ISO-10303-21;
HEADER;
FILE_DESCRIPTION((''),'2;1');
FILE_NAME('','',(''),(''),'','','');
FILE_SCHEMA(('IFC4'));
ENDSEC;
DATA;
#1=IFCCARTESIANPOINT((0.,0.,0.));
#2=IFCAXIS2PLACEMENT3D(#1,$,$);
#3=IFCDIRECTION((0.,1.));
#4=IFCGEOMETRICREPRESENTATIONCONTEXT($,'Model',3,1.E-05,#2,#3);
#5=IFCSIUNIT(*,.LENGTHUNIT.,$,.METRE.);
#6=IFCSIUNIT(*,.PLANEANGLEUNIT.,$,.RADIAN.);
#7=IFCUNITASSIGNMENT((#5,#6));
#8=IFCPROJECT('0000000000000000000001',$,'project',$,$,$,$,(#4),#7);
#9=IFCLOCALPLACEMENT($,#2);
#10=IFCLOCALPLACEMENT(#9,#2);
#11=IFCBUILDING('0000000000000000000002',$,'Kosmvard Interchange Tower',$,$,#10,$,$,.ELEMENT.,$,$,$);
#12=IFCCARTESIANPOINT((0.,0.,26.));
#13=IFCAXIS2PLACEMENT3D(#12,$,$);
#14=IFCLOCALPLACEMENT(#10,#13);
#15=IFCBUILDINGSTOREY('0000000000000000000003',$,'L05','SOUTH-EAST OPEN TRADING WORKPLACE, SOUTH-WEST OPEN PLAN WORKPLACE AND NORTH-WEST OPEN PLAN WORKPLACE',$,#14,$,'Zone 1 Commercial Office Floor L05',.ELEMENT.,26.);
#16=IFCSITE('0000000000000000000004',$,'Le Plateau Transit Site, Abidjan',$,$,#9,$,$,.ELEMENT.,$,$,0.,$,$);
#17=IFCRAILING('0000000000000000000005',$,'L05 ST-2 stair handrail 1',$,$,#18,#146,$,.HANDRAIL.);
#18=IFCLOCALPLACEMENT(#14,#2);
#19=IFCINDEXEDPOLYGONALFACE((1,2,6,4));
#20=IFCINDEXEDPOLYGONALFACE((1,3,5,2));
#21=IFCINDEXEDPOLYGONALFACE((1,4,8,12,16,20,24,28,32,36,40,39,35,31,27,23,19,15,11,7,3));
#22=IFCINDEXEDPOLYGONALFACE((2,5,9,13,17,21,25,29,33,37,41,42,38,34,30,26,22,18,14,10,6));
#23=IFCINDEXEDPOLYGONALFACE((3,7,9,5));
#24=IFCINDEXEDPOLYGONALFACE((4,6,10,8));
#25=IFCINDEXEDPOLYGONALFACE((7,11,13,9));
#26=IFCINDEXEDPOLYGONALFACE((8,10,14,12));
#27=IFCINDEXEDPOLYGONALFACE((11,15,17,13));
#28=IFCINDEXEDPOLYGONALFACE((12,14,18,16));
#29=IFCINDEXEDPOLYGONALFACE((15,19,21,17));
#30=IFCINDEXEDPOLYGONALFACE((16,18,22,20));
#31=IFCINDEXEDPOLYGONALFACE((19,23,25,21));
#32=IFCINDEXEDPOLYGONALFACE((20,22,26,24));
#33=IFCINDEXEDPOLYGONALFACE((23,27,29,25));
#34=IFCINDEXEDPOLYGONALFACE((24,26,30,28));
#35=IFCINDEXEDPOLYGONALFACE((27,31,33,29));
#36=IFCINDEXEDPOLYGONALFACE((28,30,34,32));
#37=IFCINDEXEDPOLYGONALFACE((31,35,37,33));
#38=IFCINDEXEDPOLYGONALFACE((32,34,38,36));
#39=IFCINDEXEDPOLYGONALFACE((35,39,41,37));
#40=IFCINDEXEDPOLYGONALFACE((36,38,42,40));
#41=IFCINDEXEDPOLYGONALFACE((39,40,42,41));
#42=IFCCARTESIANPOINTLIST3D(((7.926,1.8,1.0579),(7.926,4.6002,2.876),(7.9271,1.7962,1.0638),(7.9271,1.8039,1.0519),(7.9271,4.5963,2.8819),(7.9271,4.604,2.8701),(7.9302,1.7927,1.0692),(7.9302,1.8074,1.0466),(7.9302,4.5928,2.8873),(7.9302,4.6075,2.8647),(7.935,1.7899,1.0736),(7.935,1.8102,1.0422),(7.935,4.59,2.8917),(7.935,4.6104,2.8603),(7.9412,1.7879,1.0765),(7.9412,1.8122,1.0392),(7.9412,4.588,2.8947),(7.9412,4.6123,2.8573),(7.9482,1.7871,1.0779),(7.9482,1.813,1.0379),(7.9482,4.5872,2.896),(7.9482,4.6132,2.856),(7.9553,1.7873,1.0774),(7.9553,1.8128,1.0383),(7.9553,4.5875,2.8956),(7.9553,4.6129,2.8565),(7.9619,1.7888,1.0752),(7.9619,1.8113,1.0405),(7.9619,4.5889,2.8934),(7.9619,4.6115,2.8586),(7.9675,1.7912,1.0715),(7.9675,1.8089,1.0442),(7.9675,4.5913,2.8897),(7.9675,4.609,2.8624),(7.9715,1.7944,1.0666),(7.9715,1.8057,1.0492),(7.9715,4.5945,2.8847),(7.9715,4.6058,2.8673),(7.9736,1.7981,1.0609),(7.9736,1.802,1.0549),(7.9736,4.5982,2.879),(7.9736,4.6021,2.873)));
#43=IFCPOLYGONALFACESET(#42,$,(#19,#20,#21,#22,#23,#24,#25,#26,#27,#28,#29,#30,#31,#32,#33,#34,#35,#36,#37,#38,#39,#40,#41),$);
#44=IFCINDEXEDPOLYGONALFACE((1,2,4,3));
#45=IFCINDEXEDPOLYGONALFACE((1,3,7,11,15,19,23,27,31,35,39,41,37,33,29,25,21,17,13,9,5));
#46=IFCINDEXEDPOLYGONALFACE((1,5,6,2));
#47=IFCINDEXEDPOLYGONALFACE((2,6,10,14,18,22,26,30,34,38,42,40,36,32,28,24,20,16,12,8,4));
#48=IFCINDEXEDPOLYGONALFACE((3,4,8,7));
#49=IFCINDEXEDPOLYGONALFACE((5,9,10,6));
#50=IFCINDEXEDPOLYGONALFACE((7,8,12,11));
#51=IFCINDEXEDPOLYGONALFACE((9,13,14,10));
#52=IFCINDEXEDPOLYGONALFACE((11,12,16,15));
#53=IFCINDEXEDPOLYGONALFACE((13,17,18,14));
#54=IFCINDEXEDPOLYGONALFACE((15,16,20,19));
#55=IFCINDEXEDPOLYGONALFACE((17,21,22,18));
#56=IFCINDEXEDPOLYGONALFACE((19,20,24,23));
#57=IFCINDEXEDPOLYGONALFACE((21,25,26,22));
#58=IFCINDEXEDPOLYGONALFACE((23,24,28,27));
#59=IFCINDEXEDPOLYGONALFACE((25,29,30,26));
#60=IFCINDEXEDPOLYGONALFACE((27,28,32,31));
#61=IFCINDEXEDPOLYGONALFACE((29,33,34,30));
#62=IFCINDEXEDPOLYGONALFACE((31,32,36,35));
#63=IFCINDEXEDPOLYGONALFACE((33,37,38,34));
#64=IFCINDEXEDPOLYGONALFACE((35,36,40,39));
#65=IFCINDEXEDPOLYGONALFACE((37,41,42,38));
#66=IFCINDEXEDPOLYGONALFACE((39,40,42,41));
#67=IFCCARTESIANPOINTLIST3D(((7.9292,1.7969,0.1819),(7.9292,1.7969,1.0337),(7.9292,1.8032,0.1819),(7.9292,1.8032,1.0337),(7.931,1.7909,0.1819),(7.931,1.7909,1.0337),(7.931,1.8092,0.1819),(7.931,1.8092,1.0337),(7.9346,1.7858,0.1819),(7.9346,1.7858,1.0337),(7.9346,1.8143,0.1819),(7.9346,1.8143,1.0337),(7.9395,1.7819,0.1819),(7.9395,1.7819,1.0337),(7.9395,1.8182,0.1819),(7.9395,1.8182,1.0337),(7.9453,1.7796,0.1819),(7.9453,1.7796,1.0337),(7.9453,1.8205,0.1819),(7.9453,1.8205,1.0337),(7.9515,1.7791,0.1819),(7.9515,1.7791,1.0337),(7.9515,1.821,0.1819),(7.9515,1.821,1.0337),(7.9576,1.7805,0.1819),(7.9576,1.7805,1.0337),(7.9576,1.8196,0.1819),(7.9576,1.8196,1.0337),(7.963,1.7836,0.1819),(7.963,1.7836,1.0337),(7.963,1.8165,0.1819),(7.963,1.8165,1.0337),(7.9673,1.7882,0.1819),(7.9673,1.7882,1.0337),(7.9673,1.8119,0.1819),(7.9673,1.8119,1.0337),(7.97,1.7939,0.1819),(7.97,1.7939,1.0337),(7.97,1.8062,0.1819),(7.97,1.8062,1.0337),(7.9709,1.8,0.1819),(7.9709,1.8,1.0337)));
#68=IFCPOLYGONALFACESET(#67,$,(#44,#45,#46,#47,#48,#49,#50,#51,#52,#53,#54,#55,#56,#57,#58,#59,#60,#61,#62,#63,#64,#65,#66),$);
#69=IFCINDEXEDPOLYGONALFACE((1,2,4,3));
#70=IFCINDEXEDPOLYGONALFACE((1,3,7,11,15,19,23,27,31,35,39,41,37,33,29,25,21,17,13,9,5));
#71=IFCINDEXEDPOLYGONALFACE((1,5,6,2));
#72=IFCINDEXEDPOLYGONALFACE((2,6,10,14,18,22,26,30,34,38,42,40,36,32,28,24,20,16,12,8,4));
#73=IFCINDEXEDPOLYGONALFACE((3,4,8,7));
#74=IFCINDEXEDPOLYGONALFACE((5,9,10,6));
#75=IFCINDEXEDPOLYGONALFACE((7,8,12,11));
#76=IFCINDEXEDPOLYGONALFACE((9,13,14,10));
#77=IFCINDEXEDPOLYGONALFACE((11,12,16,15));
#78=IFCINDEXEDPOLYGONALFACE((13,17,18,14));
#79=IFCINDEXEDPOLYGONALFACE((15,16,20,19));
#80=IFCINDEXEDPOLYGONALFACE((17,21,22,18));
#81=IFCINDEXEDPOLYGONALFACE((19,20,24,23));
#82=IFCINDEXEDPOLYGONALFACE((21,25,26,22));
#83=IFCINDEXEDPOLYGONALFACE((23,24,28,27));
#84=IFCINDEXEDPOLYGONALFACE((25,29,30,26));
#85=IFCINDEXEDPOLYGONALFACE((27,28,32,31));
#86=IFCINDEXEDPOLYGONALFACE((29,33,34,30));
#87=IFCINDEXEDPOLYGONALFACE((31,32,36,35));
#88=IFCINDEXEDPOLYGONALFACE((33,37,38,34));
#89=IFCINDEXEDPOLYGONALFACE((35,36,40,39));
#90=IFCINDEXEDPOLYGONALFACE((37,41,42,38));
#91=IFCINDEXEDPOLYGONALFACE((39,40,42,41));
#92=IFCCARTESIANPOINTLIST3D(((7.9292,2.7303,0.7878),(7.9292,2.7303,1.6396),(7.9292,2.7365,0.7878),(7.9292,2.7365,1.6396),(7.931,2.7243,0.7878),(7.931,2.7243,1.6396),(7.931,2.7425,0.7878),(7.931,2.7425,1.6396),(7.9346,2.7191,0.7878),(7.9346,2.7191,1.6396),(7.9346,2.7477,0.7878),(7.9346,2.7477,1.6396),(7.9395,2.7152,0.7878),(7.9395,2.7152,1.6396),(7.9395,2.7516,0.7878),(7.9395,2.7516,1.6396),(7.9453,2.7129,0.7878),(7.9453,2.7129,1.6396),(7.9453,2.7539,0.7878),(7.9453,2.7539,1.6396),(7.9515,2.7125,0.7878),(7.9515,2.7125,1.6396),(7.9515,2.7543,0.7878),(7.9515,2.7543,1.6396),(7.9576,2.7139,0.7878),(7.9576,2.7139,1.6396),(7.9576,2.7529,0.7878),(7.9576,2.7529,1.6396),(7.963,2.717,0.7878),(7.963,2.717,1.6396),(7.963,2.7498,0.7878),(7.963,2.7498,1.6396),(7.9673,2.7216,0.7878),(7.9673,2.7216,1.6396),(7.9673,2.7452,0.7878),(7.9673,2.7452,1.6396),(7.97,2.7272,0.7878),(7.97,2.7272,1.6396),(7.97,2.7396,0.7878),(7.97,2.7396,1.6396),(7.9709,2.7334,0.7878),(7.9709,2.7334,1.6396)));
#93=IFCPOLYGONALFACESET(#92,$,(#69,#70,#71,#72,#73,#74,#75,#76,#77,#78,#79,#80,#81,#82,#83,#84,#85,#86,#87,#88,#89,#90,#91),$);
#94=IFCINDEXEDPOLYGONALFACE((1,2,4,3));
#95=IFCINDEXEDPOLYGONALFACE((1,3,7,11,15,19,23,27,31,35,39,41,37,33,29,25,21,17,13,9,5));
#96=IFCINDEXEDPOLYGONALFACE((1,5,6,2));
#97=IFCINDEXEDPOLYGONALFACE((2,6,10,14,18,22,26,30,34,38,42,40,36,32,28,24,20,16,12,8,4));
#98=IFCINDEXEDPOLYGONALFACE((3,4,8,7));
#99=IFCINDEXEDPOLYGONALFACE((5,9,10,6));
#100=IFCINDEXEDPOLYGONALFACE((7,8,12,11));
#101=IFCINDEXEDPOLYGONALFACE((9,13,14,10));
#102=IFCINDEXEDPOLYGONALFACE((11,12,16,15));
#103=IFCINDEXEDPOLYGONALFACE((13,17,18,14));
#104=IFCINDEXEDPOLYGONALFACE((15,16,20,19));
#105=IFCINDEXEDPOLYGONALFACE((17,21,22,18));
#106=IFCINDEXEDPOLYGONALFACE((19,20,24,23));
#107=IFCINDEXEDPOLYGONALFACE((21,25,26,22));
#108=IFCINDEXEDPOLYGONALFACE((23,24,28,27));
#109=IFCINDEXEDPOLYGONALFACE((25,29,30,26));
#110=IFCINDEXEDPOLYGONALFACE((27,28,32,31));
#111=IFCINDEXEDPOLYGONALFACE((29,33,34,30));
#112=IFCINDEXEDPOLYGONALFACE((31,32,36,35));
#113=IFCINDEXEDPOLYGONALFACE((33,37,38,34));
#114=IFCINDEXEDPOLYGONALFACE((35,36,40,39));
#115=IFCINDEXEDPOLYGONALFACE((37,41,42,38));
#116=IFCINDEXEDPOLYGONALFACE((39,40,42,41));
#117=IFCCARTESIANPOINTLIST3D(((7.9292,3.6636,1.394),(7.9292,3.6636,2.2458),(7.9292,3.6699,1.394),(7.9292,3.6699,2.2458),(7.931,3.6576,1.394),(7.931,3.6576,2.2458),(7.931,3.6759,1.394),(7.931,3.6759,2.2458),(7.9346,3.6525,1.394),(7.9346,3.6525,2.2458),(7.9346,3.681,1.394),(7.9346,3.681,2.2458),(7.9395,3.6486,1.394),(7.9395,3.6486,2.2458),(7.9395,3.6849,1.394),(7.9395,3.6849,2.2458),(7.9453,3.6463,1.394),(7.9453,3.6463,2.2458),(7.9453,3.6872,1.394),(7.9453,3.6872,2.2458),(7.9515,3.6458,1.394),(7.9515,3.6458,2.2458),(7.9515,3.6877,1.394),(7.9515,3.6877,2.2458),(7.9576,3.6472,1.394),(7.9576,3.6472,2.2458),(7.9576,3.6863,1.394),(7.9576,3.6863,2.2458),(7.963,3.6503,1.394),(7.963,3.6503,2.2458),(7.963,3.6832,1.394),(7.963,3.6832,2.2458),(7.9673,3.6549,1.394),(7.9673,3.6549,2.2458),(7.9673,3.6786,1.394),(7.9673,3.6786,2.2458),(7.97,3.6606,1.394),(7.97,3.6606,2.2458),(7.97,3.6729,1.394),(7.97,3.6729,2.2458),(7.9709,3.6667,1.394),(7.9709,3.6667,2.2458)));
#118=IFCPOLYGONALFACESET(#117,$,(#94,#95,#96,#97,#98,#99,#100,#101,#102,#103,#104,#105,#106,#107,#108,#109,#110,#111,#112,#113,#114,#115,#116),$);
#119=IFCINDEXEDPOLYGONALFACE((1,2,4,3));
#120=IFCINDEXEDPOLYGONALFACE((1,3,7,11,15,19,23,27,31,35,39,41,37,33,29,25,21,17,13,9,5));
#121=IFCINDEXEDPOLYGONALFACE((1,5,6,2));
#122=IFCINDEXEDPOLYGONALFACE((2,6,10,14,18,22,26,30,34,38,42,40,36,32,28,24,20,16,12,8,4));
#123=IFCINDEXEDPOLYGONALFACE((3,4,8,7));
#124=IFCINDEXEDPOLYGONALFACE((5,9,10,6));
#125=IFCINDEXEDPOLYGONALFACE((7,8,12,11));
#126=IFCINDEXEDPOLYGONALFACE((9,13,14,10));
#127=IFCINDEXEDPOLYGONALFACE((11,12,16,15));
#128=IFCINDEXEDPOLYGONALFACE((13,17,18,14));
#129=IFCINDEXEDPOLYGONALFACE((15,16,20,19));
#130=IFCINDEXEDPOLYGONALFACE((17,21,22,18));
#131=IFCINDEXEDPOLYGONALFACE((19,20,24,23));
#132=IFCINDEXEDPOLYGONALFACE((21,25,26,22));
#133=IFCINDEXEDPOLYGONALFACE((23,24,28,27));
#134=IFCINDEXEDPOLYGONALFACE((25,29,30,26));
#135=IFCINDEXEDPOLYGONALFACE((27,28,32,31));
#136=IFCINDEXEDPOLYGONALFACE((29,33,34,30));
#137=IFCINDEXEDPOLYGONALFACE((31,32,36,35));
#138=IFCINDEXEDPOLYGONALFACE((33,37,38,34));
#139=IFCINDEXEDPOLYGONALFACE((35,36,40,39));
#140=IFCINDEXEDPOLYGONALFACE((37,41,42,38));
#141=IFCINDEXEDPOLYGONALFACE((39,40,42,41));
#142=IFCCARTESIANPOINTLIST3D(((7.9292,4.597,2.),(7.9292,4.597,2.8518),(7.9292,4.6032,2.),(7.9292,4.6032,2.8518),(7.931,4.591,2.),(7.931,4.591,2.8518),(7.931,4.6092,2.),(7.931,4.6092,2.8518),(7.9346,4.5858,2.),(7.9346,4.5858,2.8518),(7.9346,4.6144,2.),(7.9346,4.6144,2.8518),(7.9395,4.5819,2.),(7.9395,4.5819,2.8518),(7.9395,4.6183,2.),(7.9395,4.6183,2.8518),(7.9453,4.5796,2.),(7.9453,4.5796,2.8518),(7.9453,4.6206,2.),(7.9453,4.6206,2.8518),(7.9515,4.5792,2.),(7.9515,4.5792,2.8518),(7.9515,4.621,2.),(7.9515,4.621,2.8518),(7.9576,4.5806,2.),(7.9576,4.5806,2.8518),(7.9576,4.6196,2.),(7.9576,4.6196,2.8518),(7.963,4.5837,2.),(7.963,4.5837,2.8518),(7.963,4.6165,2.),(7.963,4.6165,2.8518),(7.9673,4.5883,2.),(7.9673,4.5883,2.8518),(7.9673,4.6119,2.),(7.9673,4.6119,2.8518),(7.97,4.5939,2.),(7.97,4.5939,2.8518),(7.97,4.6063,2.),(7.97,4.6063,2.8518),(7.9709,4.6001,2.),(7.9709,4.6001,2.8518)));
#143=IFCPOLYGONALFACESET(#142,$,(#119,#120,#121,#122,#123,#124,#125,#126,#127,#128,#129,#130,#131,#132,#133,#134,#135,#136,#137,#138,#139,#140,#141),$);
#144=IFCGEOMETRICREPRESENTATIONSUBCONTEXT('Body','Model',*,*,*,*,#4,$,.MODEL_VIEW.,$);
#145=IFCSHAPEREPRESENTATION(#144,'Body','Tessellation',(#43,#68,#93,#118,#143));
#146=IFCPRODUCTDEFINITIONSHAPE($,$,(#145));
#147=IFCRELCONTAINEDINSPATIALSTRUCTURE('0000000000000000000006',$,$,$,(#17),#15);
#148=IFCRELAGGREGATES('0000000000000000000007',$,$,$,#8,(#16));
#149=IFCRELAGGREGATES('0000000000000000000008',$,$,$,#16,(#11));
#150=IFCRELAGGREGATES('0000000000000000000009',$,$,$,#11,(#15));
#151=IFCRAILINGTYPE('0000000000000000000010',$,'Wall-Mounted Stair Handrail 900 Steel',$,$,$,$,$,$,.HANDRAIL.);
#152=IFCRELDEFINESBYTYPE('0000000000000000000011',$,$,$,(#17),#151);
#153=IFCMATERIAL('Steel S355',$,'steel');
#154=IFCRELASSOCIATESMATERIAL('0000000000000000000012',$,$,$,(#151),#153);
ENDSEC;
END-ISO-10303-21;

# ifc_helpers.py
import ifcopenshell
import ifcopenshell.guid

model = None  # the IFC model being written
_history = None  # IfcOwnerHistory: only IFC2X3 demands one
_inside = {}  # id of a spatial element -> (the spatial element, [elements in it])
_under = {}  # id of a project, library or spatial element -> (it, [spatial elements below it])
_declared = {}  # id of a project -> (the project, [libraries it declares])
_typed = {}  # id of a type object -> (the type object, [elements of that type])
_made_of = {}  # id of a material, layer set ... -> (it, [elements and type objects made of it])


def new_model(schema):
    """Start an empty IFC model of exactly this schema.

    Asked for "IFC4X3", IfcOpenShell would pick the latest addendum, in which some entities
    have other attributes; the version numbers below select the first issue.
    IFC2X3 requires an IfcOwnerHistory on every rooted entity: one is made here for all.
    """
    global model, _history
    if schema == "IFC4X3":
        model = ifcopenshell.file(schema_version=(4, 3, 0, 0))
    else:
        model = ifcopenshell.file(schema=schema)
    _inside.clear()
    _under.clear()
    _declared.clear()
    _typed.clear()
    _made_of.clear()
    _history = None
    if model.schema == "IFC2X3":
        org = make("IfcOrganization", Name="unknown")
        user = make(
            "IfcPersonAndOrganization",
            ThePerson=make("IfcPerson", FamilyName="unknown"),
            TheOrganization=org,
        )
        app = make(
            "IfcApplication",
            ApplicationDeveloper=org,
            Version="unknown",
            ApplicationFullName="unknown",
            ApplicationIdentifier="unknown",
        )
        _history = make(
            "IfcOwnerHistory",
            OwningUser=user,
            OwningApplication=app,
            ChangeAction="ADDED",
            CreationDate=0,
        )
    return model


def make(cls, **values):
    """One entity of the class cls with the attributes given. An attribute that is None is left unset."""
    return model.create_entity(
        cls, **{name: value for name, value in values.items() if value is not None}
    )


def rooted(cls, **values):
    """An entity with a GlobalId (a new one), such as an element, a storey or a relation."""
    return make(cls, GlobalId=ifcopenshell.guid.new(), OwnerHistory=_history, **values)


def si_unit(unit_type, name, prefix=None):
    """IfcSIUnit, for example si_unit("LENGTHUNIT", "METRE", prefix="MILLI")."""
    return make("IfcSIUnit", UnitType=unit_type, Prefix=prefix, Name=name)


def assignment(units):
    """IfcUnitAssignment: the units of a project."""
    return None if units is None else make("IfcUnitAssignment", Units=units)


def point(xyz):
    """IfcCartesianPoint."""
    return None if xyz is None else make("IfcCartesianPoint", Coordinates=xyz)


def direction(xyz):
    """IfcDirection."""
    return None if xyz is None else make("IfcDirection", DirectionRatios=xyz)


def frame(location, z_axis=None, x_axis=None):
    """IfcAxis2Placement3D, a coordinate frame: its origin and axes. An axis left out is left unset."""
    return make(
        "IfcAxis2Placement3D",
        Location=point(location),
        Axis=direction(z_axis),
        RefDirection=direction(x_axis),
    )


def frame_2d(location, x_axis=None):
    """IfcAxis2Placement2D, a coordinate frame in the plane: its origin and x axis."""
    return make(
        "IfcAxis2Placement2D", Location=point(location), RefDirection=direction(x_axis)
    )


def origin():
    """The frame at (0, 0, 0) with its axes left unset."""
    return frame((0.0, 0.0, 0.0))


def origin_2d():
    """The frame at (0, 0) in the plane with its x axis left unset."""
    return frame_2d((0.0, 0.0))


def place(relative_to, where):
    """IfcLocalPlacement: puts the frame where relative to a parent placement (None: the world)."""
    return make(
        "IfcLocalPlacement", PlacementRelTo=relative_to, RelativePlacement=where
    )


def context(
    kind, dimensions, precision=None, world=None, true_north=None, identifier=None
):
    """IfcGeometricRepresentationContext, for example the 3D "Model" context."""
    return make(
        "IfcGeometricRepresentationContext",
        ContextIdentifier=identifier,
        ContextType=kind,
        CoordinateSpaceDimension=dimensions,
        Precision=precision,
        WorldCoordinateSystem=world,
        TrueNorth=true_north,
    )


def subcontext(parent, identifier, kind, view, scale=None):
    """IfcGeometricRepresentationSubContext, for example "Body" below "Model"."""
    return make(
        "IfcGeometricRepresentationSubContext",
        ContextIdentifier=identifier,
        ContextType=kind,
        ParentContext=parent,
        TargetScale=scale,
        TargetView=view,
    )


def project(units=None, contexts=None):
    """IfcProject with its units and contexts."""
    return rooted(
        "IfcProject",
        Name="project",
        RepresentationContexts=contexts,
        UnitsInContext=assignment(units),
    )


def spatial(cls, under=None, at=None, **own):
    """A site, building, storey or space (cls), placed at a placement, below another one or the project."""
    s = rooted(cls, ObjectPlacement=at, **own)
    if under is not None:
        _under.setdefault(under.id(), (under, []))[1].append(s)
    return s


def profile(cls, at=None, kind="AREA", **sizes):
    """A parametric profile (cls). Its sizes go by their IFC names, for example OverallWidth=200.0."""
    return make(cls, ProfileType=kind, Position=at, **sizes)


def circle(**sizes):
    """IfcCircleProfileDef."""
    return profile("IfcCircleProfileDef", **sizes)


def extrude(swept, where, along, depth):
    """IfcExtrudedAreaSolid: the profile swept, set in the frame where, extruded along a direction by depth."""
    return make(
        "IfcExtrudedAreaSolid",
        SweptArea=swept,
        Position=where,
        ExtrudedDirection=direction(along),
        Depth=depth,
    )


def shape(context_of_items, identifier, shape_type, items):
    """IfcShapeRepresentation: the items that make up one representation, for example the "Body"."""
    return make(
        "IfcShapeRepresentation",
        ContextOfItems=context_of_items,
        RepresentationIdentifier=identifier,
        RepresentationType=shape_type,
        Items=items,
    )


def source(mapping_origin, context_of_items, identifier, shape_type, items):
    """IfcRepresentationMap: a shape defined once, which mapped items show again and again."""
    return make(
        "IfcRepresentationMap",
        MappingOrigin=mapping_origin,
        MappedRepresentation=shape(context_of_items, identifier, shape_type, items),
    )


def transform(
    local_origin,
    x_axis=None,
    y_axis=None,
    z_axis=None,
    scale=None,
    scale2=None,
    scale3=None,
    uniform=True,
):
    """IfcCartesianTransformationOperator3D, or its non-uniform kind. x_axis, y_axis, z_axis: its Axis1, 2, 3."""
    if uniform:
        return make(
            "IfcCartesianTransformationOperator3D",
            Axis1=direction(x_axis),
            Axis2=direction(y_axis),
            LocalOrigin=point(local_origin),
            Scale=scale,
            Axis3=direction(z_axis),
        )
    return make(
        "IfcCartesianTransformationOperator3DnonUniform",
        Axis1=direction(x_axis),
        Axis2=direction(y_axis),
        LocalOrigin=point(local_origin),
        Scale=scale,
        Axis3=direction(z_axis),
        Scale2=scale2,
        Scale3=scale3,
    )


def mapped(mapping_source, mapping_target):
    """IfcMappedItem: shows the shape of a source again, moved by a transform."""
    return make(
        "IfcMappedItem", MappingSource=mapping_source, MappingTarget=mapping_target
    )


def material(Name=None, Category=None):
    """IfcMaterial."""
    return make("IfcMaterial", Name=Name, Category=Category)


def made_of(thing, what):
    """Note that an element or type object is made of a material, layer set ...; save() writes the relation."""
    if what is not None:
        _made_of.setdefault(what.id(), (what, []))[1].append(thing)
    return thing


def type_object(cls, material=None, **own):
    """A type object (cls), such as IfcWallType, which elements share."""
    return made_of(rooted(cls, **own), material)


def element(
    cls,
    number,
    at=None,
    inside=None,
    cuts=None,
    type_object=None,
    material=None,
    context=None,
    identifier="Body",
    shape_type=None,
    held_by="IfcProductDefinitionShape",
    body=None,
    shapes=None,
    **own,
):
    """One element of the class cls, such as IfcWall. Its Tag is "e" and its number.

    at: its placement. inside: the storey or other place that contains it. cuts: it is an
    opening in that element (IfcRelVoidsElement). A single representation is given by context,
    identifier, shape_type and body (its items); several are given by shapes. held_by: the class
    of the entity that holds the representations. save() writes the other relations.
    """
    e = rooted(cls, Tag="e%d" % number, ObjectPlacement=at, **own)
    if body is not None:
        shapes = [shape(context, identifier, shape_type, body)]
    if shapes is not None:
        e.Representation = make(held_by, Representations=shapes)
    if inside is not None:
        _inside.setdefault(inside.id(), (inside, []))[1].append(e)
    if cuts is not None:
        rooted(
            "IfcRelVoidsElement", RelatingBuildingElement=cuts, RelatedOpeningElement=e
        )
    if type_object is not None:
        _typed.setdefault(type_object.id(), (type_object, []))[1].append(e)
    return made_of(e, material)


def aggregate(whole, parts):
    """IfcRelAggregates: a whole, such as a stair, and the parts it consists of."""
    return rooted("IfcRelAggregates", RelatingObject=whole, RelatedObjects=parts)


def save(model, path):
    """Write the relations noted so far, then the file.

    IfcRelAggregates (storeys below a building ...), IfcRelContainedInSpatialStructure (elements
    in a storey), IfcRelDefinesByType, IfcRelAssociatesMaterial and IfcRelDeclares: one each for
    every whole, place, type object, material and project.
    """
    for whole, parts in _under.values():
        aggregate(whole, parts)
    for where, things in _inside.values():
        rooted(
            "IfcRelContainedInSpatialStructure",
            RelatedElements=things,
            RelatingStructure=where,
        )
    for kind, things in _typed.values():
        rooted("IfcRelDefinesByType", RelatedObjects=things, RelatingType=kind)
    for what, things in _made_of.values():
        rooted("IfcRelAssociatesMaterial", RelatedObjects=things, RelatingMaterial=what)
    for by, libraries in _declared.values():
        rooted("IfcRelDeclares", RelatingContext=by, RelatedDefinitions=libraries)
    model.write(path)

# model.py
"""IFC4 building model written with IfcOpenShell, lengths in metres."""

from ifc_helpers import new_model, si_unit, direction, frame, origin, origin_2d, place, context, subcontext, project, spatial, circle, extrude, source, transform, mapped, material, type_object, element, save


model = new_model("IFC4")

# Units and contexts
model_context = context("Model", 3, precision=1e-05, world=origin(), true_north=direction((0.0, 1.0)))
body_context = subcontext(model_context, "Body", "Model", "MODEL_VIEW")
ifc_project = project(units=[si_unit("LENGTHUNIT", "METRE"), si_unit("PLANEANGLEUNIT", "RADIAN")], contexts=[model_context])

# Site, building, storey
site_placement = place(None, origin())
site = spatial("IfcSite", under=ifc_project, at=site_placement, Name="Le Plateau Transit Site, Abidjan", CompositionType="ELEMENT", RefElevation=0.0)
building_placement = place(site_placement, origin())
building = spatial("IfcBuilding", under=site, at=building_placement, Name="Kosmvard Interchange Tower", CompositionType="ELEMENT")
storey_placement = place(building_placement, frame((0.0, 0.0, 26.0)))
storey = spatial("IfcBuildingStorey", under=building, at=storey_placement, Name="L05", Description="SOUTH-EAST OPEN TRADING WORKPLACE, SOUTH-WEST OPEN PLAN WORKPLACE AND NORTH-WEST OPEN PLAN WORKPLACE", LongName="Zone 1 Commercial Office Floor L05", CompositionType="ELEMENT", Elevation=26.0)

# Railing
ifc_material_1 = material(Name="Steel S355", Category="steel")
railing_type_1 = type_object("IfcRailingType", Name="Wall-Mounted Stair Handrail 900 Steel", PredefinedType="HANDRAIL", material=ifc_material_1)
shared_shape_1 = source(origin(), body_context, "Body", "SweptSolid", [
    extrude(circle(Radius=0.0239, at=origin_2d()), frame((0.0, 0.0, 0.876), z_axis=(0.0, 0.838706, 0.544585), x_axis=(-1.0, 0.0, 0.0)), (0.0, 0.0, 1.0), 3.3386),
    extrude(circle(Radius=0.021, at=origin_2d()), origin(), (0.0, 0.0, 1.0), 0.8518),
    extrude(circle(Radius=0.021, at=origin_2d()), frame((0.0, 0.9333, 0.606)), (0.0, 0.0, 1.0), 0.8518),
    extrude(circle(Radius=0.021, at=origin_2d()), frame((0.0, 1.8667, 1.2122)), (0.0, 0.0, 1.0), 0.8518),
    extrude(circle(Radius=0.021, at=origin_2d()), frame((0.0, 2.8, 1.8181)), (0.0, 0.0, 1.0), 0.8518),
])
railing_1_placement = place(storey_placement, frame((7.95, 1.8, 0.1819)))
element("IfcRailing", 1, at=railing_1_placement, inside=storey, type_object=railing_type_1, Name="L05 ST-2 stair handrail 1", PredefinedType="HANDRAIL", context=body_context, shape_type="MappedRepresentation", body=[
    mapped(shared_shape_1, transform((0.0, 0.0, 0.0), scale=1.0)),
])

save(model, "model.ifc")
